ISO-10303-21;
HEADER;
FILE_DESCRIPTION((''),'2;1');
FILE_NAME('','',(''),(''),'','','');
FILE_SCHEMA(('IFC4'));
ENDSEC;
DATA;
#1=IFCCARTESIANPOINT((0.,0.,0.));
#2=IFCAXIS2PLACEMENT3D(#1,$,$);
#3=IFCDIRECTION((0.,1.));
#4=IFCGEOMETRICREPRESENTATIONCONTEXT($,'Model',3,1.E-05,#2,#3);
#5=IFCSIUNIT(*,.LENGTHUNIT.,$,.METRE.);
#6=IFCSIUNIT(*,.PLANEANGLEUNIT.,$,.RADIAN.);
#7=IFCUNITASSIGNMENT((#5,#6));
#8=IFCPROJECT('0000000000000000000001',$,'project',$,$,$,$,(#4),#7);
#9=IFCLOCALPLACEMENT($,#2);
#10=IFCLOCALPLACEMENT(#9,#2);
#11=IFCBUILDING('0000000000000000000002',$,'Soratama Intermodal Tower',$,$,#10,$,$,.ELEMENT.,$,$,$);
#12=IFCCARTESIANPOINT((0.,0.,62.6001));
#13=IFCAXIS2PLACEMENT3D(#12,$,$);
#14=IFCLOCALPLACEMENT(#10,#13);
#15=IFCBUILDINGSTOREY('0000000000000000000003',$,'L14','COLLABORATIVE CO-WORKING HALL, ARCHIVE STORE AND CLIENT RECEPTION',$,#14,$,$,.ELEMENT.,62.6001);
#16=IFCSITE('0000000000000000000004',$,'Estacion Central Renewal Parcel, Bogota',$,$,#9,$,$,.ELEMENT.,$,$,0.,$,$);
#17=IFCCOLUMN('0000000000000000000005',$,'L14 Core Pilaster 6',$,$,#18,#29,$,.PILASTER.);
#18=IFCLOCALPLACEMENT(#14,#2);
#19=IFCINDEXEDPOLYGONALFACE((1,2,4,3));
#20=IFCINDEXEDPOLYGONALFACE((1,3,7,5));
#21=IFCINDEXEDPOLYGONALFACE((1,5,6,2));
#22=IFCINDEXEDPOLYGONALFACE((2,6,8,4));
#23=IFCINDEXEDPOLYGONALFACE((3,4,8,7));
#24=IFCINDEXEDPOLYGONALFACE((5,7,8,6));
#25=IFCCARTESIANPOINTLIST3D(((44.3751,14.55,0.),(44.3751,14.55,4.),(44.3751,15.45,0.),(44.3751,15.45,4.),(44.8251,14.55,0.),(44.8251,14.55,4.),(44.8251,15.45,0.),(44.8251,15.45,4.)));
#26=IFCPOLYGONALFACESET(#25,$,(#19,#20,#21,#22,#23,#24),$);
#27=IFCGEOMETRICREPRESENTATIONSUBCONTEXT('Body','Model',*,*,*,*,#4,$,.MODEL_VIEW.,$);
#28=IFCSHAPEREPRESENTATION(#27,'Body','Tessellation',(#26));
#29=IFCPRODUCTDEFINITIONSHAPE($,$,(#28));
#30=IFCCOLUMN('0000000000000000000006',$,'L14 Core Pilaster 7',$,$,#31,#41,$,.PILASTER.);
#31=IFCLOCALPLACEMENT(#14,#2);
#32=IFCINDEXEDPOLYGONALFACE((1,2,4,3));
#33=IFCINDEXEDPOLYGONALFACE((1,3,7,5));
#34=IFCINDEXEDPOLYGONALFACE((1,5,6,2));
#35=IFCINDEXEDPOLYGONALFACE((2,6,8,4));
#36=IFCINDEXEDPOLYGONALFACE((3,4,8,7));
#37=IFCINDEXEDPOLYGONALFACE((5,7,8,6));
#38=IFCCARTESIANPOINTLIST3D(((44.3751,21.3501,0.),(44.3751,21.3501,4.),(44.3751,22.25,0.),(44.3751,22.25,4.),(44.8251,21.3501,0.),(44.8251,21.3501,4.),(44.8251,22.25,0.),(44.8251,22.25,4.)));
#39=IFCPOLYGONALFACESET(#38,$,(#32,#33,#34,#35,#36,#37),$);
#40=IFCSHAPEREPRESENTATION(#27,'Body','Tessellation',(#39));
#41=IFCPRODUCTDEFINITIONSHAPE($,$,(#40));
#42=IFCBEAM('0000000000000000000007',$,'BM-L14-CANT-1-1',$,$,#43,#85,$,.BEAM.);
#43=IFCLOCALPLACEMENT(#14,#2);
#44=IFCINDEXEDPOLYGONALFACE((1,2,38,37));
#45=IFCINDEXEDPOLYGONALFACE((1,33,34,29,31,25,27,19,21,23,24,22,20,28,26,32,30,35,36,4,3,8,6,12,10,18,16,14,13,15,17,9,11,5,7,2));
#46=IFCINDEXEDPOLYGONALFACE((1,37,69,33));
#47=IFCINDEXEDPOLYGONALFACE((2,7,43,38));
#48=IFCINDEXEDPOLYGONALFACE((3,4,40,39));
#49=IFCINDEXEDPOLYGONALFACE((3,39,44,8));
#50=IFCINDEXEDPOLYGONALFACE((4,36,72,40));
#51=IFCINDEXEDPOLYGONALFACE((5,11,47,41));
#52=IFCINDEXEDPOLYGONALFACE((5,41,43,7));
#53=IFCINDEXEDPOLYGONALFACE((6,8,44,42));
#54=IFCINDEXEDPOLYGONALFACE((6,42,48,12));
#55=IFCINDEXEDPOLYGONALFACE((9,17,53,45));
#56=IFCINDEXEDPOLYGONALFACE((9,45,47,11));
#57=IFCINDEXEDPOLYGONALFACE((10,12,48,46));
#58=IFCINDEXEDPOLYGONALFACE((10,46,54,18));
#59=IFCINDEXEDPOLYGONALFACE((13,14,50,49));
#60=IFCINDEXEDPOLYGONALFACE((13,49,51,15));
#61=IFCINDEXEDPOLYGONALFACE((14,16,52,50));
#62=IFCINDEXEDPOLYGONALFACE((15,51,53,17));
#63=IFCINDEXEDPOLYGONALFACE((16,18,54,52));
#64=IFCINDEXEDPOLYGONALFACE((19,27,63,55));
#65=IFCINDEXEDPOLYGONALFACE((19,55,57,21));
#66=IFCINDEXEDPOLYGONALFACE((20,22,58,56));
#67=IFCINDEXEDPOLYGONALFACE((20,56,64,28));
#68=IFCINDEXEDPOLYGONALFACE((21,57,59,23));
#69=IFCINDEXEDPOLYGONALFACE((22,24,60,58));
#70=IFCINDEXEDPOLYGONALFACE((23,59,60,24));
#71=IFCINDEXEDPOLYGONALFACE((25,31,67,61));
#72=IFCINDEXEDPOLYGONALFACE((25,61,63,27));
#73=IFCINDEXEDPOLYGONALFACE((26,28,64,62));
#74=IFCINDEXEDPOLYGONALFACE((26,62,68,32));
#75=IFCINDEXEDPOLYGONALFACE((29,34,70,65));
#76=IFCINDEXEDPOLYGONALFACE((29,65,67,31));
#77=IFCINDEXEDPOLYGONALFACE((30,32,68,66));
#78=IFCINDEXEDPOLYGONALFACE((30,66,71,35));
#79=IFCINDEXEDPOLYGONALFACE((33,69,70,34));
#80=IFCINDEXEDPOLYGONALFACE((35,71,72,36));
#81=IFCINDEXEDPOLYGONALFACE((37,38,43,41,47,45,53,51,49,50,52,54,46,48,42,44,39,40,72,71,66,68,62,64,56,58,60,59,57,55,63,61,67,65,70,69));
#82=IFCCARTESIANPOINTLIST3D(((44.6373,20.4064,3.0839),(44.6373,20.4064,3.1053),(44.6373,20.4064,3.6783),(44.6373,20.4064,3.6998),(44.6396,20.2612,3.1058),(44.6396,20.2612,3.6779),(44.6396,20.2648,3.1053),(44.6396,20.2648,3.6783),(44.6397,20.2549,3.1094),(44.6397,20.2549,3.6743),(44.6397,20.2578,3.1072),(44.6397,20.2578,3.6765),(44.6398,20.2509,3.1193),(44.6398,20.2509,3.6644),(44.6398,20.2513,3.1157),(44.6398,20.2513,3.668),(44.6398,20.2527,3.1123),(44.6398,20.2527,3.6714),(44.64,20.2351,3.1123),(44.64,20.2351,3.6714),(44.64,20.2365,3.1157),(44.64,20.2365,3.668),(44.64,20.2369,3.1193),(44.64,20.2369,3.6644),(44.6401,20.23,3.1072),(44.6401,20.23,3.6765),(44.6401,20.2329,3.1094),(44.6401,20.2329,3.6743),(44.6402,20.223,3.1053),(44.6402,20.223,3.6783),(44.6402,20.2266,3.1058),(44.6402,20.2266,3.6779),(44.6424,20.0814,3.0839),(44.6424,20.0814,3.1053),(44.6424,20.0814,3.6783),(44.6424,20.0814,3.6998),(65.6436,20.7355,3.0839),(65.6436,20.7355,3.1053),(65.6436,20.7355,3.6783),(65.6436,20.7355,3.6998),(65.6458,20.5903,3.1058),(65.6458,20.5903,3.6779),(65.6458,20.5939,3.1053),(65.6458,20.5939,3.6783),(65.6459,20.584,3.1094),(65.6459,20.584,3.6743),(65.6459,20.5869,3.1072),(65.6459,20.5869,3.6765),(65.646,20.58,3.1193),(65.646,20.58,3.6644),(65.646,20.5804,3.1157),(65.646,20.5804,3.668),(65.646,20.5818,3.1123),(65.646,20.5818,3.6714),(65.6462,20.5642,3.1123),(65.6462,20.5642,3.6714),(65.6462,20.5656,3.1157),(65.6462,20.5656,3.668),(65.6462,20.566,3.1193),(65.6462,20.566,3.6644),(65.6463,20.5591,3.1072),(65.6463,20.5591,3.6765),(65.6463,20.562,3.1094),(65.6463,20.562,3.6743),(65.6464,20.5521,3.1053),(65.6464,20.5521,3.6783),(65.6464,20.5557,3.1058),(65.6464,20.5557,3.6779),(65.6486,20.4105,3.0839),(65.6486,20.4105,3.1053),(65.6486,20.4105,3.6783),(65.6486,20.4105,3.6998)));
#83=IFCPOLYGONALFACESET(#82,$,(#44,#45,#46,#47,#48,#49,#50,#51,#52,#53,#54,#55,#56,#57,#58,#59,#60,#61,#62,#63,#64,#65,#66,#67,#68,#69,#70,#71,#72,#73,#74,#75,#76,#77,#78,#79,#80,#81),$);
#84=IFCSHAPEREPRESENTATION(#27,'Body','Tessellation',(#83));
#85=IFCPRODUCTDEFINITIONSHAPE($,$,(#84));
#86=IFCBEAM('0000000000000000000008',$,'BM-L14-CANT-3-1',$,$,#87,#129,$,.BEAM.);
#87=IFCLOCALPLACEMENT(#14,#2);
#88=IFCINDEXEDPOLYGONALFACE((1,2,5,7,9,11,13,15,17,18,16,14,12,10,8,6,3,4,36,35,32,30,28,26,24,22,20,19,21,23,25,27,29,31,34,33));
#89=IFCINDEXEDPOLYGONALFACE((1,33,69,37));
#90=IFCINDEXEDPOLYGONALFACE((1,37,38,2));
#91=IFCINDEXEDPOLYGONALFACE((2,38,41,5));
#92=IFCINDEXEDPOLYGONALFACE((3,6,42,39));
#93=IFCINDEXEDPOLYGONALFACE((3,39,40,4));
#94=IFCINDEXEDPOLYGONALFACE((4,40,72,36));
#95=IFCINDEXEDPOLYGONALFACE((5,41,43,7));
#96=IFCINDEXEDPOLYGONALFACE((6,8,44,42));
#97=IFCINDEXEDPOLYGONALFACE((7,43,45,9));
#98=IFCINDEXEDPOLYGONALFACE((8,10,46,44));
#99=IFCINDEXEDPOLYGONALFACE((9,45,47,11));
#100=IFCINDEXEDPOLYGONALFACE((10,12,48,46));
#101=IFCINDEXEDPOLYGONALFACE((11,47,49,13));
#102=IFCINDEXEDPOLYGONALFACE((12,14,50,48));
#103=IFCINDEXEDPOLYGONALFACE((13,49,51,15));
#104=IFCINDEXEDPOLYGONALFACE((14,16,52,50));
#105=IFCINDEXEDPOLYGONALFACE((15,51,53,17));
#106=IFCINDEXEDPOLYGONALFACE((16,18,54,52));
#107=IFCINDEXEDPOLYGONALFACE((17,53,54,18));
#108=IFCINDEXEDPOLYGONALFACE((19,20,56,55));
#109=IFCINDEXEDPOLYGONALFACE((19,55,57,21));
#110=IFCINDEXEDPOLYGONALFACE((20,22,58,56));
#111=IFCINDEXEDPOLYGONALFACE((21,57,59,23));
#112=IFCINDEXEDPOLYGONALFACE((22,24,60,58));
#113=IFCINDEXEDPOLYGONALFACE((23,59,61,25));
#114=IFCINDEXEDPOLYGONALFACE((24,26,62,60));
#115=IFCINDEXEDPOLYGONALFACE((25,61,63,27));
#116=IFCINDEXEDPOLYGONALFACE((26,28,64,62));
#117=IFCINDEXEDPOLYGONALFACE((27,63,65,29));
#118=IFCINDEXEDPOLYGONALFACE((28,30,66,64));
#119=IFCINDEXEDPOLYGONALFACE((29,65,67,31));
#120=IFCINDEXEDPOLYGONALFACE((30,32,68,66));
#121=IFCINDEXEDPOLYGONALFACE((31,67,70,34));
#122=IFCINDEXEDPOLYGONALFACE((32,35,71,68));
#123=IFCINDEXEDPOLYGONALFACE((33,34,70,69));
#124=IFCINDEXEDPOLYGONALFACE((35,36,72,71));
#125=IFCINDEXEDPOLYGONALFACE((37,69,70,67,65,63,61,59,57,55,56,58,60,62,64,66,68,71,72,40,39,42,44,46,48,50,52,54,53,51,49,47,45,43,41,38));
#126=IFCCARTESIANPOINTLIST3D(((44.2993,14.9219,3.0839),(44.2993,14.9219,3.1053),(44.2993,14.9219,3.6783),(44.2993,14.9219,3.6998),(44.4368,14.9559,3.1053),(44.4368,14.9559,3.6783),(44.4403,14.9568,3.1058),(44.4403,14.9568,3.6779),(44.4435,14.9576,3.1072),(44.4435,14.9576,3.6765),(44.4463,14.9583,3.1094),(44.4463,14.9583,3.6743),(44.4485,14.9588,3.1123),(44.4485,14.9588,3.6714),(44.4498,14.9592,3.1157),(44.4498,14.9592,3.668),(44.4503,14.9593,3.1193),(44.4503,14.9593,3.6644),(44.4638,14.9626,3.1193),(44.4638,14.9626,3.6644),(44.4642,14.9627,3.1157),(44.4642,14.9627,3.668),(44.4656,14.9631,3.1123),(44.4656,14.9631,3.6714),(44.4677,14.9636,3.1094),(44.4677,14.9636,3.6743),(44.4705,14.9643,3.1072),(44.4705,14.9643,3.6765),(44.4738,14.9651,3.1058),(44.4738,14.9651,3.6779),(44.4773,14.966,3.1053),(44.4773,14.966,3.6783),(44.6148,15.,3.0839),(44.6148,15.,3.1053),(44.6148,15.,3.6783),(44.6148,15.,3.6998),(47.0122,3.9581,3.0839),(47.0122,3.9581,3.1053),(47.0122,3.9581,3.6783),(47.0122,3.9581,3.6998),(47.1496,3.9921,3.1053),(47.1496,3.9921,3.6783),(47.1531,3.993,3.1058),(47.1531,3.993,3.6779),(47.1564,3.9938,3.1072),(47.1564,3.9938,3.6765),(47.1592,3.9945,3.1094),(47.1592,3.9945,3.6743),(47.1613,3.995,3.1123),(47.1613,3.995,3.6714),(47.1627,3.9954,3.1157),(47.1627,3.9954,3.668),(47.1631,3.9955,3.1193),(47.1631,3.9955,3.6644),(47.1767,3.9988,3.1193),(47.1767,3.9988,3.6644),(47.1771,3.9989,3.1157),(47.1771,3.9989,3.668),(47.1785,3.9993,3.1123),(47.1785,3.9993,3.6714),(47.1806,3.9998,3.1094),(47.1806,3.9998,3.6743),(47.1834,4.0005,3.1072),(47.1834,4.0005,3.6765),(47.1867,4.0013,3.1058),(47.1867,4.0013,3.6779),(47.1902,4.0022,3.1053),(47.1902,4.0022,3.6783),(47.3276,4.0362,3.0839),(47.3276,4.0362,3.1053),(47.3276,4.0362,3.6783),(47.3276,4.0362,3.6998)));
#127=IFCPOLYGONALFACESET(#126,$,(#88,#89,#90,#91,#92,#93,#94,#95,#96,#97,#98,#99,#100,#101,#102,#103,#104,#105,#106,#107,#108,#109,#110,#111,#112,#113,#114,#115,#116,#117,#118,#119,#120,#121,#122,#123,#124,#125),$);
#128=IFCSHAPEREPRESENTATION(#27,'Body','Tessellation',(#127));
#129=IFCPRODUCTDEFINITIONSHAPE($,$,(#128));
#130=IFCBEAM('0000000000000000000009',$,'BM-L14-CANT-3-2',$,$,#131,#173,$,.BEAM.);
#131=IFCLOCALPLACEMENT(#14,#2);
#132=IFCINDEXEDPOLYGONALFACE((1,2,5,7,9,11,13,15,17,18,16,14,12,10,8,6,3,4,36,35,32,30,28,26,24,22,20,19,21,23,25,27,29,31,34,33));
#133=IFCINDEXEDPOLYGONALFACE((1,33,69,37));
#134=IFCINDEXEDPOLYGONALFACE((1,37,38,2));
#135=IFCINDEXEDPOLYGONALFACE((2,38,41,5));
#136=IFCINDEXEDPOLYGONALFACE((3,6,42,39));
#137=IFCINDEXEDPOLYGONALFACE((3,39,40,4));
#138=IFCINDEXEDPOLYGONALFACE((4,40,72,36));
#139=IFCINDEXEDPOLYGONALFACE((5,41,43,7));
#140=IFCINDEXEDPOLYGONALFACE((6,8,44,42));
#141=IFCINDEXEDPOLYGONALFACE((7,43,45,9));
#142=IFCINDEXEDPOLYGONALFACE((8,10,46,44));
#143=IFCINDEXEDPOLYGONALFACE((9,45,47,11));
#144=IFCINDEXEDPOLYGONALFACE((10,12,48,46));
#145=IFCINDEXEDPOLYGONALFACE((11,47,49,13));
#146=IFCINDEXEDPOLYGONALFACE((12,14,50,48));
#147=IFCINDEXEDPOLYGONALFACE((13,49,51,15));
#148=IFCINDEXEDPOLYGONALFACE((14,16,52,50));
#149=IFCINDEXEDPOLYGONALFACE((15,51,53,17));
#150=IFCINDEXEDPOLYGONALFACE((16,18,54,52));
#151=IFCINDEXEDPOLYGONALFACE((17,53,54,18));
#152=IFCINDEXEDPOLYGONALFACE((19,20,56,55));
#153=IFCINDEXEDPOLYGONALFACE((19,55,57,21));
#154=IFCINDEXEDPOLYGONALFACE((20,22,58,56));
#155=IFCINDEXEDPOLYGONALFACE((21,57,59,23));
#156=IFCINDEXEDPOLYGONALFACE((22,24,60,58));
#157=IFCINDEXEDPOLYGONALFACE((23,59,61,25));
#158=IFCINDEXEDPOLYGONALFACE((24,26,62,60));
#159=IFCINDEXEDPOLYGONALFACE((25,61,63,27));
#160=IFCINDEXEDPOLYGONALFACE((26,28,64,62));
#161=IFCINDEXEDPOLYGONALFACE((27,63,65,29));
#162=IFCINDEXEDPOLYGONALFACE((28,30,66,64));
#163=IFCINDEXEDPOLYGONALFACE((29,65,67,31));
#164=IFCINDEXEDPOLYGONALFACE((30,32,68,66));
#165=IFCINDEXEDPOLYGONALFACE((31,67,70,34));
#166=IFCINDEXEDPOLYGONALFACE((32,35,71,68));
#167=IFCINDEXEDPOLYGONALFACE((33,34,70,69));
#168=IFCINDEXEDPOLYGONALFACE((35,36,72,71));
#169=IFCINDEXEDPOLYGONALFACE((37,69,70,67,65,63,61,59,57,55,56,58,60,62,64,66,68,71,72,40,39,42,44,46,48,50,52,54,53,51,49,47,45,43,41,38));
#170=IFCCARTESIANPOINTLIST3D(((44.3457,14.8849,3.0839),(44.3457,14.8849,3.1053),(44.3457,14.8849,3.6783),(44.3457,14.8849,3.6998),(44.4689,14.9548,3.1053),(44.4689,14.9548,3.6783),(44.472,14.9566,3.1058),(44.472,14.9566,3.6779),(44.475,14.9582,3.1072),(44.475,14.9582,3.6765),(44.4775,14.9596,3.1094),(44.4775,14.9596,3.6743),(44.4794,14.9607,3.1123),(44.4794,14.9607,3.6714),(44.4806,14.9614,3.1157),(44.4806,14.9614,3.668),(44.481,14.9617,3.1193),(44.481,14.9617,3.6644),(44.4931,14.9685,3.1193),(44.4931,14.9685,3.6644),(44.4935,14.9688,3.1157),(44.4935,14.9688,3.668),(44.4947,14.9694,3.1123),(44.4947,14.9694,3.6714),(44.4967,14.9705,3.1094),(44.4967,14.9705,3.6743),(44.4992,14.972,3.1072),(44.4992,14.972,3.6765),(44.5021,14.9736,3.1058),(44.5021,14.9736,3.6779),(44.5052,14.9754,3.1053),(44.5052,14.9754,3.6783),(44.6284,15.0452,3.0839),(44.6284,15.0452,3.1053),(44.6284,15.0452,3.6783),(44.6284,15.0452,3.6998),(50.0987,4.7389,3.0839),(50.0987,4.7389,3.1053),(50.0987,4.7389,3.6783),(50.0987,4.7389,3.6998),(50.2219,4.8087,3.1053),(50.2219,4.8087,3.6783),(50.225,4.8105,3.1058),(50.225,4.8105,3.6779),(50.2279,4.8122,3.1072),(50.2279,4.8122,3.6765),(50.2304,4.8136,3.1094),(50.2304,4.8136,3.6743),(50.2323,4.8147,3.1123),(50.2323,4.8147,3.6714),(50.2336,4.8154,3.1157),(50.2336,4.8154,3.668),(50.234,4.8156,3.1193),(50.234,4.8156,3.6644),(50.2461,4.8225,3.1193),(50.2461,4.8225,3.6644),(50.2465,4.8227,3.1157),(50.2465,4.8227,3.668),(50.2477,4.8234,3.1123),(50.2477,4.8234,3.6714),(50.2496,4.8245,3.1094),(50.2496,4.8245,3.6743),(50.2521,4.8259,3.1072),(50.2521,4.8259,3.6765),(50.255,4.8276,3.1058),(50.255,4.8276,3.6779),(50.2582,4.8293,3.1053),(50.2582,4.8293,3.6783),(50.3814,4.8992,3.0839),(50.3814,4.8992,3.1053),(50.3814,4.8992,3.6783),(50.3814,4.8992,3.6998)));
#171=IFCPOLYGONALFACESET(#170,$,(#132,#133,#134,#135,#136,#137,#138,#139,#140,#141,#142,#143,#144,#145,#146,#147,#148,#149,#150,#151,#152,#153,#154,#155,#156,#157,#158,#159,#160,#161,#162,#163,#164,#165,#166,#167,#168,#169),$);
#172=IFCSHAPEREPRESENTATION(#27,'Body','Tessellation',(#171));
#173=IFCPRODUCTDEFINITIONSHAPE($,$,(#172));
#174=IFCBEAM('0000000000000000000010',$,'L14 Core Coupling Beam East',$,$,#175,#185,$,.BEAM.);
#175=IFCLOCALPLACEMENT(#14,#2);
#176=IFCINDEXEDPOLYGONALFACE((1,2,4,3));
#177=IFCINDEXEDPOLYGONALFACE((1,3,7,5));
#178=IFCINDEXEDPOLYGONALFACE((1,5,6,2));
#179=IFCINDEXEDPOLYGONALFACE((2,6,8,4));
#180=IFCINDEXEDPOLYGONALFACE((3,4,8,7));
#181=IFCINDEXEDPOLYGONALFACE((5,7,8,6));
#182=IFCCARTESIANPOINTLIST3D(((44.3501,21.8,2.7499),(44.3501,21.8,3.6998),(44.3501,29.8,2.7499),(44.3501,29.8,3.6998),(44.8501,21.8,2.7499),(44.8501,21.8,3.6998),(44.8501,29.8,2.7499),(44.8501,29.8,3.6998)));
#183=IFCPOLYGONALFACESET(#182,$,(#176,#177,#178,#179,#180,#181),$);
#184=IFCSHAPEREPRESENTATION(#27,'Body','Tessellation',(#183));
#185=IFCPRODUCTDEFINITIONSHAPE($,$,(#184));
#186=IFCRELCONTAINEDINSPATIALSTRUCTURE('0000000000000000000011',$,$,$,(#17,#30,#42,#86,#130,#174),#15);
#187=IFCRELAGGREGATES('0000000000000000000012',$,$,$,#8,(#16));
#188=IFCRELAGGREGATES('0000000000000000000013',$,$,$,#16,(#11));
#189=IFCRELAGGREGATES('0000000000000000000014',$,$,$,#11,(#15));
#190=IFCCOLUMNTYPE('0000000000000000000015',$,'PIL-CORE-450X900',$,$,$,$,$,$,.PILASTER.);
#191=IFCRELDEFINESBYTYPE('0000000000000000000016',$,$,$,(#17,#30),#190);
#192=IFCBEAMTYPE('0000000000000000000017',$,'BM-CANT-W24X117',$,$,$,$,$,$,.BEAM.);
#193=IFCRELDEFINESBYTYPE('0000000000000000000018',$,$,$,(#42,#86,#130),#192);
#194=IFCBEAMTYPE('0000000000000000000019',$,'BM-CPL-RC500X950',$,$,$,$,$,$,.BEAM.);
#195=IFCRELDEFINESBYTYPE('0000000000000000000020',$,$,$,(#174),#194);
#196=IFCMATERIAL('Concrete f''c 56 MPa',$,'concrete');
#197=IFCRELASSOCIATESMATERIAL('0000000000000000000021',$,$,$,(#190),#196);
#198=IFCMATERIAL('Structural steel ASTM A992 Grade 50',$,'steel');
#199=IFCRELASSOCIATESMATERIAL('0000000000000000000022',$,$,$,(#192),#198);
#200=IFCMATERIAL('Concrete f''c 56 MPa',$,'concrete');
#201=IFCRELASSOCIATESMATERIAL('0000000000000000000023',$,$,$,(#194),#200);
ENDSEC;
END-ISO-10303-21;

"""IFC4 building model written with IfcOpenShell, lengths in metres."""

from ifc_helpers import new_model, si_unit, direction, frame, origin, origin_2d, place, context, subcontext, project, spatial, rectangle, i_section, extrude, material, material_profile, profile_set, type_object, element, save


model = new_model("IFC4")

# Units and contexts
model_context = context("Model", 3, precision=1e-05, world=origin(), true_north=direction((0.0, 1.0)))
body_context = subcontext(model_context, "Body", "Model", "MODEL_VIEW")
ifc_project = project(units=[si_unit("LENGTHUNIT", "METRE"), si_unit("PLANEANGLEUNIT", "RADIAN")], contexts=[model_context])

# Site, building, storey
site_placement = place(None, origin())
site = spatial("IfcSite", under=ifc_project, at=site_placement, Name="Estacion Central Renewal Parcel, Bogota", CompositionType="ELEMENT", RefElevation=0.0)
building_placement = place(site_placement, origin())
building = spatial("IfcBuilding", under=site, at=building_placement, Name="Soratama Intermodal Tower", CompositionType="ELEMENT")
storey_placement = place(building_placement, frame((0.0, 0.0, 62.6001)))
storey = spatial("IfcBuildingStorey", under=building, at=storey_placement, Name="L14", Description="COLLABORATIVE CO-WORKING HALL, ARCHIVE STORE AND CLIENT RECEPTION", CompositionType="ELEMENT", Elevation=62.6001)

# Columns
ifc_material_1 = material(Name="Concrete f'c 56 MPa", Category="concrete")
ifc_material_profile_1 = material_profile(ifc_material_1, rectangle(XDim=0.45, YDim=0.8999, at=origin_2d()), Name="RC450X900")
ifc_profile_set_1 = profile_set([ifc_material_profile_1], Name="Concrete f'c 56 MPa")
column_type = type_object("IfcColumnType", Name="PIL-CORE-450X900", PredefinedType="PILASTER", material=ifc_profile_set_1)
for number, where, z_axis, x_axis, name in (
    (1, (44.6001, 15.0, 0.0), (0.0, 0.0, 1.0), (1.0, 0.0, 0.0), "L14 Core Pilaster 6"),
    (2, (44.6001, 21.8, 0.0), (0.0, 0.0, 1.0), (1.0, 0.0, 0.0), "L14 Core Pilaster 7"),
):
    element("IfcColumn", number, at=place(storey_placement, frame(where, z_axis=z_axis, x_axis=x_axis)), inside=storey, type_object=column_type, Name=name, PredefinedType="PILASTER", context=body_context, shape_type="SweptSolid", body=[
        extrude(rectangle(XDim=0.45, YDim=0.8999, at=origin_2d()), origin(), (0.0, 0.0, 1.0), 4.0),
    ])

# Beams
ifc_material_2 = material(Name="Structural steel ASTM A992 Grade 50", Category="steel")
ifc_material_profile_2 = material_profile(ifc_material_2, i_section(OverallWidth=0.325, OverallDepth=0.616, WebThickness=0.0139, FlangeThickness=0.0215, FilletRadius=0.0139, at=origin_2d()), Name="W24X117")
ifc_profile_set_2 = profile_set([ifc_material_profile_2], Name="Structural steel ASTM A992 Grade 50")
beam_type_1 = type_object("IfcBeamType", Name="BM-CANT-W24X117", PredefinedType="BEAM", material=ifc_profile_set_2)
beam_1_placement = place(storey_placement, frame((44.6399, 20.2439, 3.3918), z_axis=(0.999877, 0.015665, 0.0), x_axis=(-0.015665, 0.999877, 0.0)))
element("IfcBeam", 3, at=beam_1_placement, inside=storey, type_object=beam_type_1, Name="BM-L14-CANT-1-1", PredefinedType="BEAM", context=body_context, shape_type="SweptSolid", body=[
    extrude(i_section(OverallWidth=0.325, OverallDepth=0.616, WebThickness=0.0139, FlangeThickness=0.0215, FilletRadius=0.0139, at=origin_2d()), origin(), (0.0, 0.0, 1.0), 21.0088),
])
beam_2_placement = place(storey_placement, frame((44.457, 14.9609, 3.3918), z_axis=(0.240195, -0.970725, 0.0), x_axis=(0.970725, 0.240195, 0.0)))
element("IfcBeam", 4, at=beam_2_placement, inside=storey, type_object=beam_type_1, Name="BM-L14-CANT-3-1", PredefinedType="BEAM", context=body_context, shape_type="SweptSolid", body=[
    extrude(i_section(OverallWidth=0.325, OverallDepth=0.616, WebThickness=0.0139, FlangeThickness=0.0215, FilletRadius=0.0139, at=origin_2d()), origin(), (0.0, 0.0, 1.0), 11.2944),
])
beam_3_placement = place(storey_placement, frame((44.4871, 14.9651, 3.3918), z_axis=(0.493242, -0.869892, 0.0), x_axis=(0.869892, 0.493242, 0.0)))
element("IfcBeam", 5, at=beam_3_placement, inside=storey, type_object=beam_type_1, Name="BM-L14-CANT-3-2", PredefinedType="BEAM", context=body_context, shape_type="SweptSolid", body=[
    extrude(i_section(OverallWidth=0.325, OverallDepth=0.616, WebThickness=0.0139, FlangeThickness=0.0215, FilletRadius=0.0139, at=origin_2d()), origin(), (0.0, 0.0, 1.0), 11.6636),
])
ifc_material_3 = material(Name="Concrete f'c 56 MPa", Category="concrete")
ifc_material_profile_3 = material_profile(ifc_material_3, rectangle(XDim=0.5, YDim=0.95, at=origin_2d()), Name="RC500X950")
ifc_profile_set_3 = profile_set([ifc_material_profile_3], Name="Concrete f'c 56 MPa")
beam_type_2 = type_object("IfcBeamType", Name="BM-CPL-RC500X950", PredefinedType="BEAM", material=ifc_profile_set_3)
beam_4_placement = place(storey_placement, frame((44.6001, 21.8, 3.2249), z_axis=(0.0, 1.0, 0.0), x_axis=(-1.0, 0.0, 0.0)))
element("IfcBeam", 6, at=beam_4_placement, inside=storey, type_object=beam_type_2, Name="L14 Core Coupling Beam East", PredefinedType="BEAM", context=body_context, shape_type="SweptSolid", body=[
    extrude(rectangle(XDim=0.5, YDim=0.95, at=origin_2d()), origin(), (0.0, 0.0, 1.0), 8.0),
])

save(model, "model.ifc")
